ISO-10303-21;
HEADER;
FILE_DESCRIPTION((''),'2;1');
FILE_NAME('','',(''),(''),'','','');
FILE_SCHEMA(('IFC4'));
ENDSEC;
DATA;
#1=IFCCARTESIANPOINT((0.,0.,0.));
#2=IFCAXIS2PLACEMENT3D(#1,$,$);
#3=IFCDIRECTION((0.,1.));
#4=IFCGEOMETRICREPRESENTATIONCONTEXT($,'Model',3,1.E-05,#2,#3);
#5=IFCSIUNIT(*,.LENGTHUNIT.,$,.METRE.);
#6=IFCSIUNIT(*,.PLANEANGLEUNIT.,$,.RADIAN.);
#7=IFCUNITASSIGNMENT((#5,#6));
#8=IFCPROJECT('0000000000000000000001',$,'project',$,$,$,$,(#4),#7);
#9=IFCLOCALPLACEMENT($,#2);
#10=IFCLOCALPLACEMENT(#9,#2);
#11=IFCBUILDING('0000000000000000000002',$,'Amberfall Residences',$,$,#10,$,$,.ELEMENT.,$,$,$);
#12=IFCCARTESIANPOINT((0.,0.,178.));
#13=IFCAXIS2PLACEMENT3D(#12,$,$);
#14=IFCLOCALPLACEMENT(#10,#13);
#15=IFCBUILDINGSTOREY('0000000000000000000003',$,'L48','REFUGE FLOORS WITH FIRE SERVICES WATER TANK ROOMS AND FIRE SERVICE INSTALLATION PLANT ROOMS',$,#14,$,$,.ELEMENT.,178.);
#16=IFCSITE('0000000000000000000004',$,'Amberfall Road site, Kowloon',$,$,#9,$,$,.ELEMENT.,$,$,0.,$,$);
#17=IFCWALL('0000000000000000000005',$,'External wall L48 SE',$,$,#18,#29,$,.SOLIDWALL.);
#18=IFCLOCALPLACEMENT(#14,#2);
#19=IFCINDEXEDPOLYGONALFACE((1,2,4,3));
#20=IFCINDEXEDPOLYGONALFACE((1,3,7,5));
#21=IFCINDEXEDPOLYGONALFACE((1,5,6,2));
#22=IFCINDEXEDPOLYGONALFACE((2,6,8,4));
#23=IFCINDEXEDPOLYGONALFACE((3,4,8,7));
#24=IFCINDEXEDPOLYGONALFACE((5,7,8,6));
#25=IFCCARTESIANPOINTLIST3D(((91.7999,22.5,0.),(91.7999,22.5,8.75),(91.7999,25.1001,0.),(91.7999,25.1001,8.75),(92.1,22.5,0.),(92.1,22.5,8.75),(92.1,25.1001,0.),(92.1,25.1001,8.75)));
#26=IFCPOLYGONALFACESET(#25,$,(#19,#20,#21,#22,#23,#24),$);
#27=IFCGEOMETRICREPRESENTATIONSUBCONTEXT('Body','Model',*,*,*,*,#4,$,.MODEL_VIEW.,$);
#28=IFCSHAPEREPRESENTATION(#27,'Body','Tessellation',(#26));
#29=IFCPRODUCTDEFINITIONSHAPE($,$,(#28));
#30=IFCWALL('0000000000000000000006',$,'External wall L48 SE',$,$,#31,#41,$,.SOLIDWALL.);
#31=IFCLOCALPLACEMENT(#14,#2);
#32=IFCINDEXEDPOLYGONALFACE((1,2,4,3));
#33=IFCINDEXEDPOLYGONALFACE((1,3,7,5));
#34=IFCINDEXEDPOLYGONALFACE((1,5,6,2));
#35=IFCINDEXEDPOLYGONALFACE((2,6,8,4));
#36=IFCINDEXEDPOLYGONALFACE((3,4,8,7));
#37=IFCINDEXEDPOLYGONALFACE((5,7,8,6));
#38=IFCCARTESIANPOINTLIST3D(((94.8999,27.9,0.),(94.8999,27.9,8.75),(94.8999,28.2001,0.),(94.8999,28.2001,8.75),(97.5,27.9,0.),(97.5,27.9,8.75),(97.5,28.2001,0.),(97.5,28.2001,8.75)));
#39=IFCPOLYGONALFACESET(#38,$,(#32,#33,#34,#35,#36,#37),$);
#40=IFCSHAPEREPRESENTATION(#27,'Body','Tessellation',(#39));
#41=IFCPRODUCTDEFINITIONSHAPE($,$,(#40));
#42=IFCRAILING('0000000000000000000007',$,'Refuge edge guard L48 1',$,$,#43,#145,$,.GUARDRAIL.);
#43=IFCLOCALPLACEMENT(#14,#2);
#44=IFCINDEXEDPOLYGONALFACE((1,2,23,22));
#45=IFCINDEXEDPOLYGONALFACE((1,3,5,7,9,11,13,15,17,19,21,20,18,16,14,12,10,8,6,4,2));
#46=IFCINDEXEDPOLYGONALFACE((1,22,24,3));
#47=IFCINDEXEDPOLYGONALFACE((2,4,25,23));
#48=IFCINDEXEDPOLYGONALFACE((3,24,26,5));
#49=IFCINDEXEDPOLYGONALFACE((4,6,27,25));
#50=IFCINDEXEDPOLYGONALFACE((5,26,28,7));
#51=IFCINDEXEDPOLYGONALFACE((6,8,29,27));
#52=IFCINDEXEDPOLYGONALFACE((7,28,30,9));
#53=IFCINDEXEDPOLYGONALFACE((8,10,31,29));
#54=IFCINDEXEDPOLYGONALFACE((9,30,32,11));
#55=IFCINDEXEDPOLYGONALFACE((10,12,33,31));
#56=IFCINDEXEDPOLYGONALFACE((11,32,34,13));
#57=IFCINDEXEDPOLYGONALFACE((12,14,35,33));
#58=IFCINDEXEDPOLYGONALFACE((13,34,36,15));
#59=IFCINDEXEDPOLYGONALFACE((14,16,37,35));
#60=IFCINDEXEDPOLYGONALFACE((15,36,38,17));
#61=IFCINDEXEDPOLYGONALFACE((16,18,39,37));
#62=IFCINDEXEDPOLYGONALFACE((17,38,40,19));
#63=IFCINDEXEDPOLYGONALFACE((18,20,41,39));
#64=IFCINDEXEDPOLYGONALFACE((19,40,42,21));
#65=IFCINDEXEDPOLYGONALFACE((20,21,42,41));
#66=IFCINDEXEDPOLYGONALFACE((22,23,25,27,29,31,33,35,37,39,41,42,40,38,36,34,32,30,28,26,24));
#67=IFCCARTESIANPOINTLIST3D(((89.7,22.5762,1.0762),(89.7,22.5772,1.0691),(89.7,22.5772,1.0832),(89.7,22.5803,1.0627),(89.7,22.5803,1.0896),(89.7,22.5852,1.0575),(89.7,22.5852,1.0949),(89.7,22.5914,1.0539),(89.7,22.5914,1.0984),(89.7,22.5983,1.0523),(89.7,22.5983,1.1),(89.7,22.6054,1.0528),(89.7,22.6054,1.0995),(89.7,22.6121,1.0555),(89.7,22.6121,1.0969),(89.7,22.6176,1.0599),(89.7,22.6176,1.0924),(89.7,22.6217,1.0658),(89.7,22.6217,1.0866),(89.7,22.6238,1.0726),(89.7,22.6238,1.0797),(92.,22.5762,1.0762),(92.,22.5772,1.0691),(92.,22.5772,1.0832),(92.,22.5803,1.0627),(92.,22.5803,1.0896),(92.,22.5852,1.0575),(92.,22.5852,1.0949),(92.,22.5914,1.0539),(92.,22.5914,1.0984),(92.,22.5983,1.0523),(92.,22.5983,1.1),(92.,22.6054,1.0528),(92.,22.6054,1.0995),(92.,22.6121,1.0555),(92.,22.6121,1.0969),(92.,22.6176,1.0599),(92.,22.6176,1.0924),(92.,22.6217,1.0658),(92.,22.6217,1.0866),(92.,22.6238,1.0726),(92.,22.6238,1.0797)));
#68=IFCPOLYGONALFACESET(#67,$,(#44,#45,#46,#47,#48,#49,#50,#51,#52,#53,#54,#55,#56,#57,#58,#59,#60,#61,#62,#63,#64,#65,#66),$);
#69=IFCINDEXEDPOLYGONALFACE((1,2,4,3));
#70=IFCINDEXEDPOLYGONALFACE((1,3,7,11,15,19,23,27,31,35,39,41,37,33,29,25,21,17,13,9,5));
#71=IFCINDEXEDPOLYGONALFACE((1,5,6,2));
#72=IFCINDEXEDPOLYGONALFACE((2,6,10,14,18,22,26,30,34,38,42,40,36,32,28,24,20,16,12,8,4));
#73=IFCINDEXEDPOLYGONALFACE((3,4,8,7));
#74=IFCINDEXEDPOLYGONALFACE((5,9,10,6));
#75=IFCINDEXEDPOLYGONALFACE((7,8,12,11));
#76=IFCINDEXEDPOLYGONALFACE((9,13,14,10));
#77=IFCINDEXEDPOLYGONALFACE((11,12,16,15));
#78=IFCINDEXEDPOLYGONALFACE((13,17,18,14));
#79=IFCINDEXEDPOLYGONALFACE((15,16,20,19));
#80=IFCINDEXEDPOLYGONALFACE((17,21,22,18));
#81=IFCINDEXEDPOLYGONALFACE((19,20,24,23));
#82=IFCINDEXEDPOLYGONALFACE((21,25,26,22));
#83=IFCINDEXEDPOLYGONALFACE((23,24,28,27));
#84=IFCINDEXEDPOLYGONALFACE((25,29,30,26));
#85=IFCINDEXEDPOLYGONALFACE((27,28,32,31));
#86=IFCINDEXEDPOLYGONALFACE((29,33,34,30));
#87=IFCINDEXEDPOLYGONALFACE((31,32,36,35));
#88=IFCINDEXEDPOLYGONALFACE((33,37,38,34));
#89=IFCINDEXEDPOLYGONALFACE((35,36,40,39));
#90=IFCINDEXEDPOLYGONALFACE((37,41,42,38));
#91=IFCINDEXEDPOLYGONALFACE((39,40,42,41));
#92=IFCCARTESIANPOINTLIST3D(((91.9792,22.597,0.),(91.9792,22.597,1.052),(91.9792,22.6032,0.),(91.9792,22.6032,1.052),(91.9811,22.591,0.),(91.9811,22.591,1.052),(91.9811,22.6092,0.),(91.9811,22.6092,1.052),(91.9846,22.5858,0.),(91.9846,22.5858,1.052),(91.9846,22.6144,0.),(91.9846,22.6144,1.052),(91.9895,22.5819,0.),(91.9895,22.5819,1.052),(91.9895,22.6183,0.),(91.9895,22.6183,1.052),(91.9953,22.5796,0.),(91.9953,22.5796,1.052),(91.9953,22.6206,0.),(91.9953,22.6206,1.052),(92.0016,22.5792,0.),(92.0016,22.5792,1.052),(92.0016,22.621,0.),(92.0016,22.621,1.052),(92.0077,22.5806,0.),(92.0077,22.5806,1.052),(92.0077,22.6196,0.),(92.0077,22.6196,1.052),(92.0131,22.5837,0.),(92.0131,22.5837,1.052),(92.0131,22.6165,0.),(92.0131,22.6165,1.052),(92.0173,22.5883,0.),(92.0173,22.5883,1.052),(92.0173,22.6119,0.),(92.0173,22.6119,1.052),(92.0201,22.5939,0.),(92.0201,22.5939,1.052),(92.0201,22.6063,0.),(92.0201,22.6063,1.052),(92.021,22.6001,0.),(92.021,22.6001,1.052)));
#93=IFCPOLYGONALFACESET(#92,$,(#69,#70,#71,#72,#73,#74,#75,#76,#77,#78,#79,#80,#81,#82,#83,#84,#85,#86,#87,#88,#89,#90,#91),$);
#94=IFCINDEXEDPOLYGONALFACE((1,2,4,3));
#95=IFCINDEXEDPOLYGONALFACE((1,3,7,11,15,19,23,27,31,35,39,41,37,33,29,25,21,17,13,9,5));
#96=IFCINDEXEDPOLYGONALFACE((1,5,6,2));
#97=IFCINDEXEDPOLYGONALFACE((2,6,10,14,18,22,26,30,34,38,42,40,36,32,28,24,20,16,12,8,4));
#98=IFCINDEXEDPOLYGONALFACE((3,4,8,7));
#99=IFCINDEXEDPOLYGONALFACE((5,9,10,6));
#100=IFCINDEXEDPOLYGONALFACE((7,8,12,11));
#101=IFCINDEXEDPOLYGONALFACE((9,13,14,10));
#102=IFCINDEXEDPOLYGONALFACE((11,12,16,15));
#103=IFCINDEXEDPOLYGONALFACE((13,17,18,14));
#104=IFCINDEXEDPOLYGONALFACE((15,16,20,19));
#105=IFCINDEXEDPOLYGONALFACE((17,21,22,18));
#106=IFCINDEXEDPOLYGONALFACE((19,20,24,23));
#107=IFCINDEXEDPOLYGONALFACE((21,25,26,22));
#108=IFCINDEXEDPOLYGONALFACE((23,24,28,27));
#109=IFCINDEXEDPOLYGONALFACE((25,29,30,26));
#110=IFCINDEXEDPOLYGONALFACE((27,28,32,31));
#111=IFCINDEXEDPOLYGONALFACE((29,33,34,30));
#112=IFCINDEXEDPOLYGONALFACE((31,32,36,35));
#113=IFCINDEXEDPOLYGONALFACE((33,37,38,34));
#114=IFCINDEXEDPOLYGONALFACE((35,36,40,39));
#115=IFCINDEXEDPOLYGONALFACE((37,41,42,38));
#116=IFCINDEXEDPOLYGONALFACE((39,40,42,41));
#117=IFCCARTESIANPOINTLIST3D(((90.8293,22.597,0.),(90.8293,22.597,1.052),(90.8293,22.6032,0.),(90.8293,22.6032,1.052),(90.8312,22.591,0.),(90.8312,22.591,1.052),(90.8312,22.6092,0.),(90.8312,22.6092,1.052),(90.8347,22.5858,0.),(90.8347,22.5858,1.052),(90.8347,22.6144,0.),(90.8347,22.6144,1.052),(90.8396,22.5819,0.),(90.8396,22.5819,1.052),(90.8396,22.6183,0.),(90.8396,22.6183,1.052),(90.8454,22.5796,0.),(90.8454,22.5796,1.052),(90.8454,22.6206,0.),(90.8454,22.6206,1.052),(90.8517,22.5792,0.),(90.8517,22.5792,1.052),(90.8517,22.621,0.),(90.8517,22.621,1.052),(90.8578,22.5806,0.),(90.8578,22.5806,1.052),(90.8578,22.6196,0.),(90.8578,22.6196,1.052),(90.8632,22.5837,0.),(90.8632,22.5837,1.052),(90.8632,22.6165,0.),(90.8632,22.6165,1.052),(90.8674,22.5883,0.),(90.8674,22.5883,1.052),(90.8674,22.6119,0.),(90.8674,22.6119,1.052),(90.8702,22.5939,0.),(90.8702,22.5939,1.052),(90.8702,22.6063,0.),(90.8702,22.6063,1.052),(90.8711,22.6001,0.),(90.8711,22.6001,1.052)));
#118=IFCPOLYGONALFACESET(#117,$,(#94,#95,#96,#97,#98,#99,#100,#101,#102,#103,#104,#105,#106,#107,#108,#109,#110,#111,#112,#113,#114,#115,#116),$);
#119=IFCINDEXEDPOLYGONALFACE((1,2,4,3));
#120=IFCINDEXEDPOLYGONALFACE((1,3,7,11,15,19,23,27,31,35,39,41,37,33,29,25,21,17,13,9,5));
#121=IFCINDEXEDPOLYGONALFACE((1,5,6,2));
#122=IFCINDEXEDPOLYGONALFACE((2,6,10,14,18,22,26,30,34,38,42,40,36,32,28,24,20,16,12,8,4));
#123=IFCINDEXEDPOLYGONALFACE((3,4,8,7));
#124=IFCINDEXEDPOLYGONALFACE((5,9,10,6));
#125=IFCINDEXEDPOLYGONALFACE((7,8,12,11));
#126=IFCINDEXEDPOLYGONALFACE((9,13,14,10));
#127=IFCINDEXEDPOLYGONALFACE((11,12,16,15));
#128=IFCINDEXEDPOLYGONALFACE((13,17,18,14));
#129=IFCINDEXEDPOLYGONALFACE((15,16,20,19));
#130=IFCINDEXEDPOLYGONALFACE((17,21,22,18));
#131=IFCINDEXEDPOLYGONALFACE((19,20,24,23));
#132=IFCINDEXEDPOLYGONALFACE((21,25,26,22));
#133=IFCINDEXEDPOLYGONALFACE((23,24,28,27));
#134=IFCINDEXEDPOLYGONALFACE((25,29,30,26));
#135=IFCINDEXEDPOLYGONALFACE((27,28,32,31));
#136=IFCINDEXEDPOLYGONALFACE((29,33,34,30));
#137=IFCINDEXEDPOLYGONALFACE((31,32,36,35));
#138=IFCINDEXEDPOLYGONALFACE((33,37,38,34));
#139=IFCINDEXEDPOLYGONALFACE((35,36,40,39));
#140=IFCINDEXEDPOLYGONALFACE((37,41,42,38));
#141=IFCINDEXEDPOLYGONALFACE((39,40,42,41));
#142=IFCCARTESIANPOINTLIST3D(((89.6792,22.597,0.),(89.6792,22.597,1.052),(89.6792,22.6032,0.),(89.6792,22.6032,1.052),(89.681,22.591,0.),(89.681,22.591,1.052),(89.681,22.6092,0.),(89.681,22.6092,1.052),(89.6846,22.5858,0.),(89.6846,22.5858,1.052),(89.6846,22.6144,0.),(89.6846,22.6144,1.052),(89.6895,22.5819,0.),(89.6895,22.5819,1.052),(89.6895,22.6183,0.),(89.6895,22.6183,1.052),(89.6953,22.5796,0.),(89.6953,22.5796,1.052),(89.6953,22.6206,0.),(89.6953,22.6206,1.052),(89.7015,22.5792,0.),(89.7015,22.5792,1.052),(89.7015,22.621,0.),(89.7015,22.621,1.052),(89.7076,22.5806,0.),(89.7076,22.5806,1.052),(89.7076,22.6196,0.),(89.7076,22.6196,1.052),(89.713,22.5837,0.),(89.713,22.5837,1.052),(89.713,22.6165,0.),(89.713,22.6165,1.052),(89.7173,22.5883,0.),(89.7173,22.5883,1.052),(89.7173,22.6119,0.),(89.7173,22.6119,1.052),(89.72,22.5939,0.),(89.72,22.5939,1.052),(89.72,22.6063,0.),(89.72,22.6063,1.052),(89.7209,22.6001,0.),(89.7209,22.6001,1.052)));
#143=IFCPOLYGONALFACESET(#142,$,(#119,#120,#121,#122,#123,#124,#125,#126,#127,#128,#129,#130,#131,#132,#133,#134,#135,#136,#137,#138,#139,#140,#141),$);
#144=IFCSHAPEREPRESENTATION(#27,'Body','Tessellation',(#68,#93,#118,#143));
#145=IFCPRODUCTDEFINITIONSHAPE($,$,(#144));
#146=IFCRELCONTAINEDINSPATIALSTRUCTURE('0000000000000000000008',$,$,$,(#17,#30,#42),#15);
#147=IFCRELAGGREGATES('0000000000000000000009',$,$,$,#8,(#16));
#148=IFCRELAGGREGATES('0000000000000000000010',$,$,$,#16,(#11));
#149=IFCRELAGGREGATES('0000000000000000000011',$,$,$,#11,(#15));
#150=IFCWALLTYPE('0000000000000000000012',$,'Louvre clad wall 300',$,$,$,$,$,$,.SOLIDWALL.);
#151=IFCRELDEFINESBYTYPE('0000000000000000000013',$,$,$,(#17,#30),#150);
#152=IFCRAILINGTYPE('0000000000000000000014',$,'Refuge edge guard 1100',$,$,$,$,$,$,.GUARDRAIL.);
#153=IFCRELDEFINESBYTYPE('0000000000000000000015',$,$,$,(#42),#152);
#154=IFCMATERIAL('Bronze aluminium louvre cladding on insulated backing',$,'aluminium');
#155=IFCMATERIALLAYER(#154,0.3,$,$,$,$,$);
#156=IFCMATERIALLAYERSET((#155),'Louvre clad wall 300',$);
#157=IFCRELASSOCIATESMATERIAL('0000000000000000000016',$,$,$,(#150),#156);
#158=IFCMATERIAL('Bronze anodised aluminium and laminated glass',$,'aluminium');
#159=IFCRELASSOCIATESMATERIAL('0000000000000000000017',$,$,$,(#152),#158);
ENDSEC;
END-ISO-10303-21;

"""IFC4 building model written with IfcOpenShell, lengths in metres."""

from ifc_helpers import new_model, si_unit, direction, frame, frame_2d, origin, origin_2d, place, context, subcontext, project, spatial, rectangle, circle, extrude, material, layer, layer_set, type_object, element, save


model = new_model("IFC4")

# Units and contexts
model_context = context("Model", 3, precision=1e-05, world=origin(), true_north=direction((0.0, 1.0)))
body_context = subcontext(model_context, "Body", "Model", "MODEL_VIEW")
ifc_project = project(units=[si_unit("LENGTHUNIT", "METRE"), si_unit("PLANEANGLEUNIT", "RADIAN")], contexts=[model_context])

# Site, building, storey
site_placement = place(None, origin())
site = spatial("IfcSite", under=ifc_project, at=site_placement, Name="Amberfall Road site, Kowloon", CompositionType="ELEMENT", RefElevation=0.0)
building_placement = place(site_placement, origin())
building = spatial("IfcBuilding", under=site, at=building_placement, Name="Amberfall Residences", CompositionType="ELEMENT")
storey_placement = place(building_placement, frame((0.0, 0.0, 178.0)))
storey = spatial("IfcBuildingStorey", under=building, at=storey_placement, Name="L48", Description="REFUGE FLOORS WITH FIRE SERVICES WATER TANK ROOMS AND FIRE SERVICE INSTALLATION PLANT ROOMS", CompositionType="ELEMENT", Elevation=178.0)

# Walls
ifc_material_1 = material(Name="Bronze aluminium louvre cladding on insulated backing", Category="aluminium")
ifc_layer = layer(ifc_material_1, 0.3)
ifc_layer_set = layer_set([ifc_layer], Name="Louvre clad wall 300")
wall_type = type_object("IfcWallType", Name="Louvre clad wall 300", PredefinedType="SOLIDWALL", material=ifc_layer_set)
for number, where, z_axis, x_axis, name in (
    (1, (91.95, 22.5, 0.0), (0.0, 0.0, 1.0), (0.0, 1.0, 0.0), "External wall L48 SE"),
    (2, (94.8999, 28.05, 0.0), (0.0, 0.0, 1.0), (1.0, 0.0, 0.0), "External wall L48 SE"),
):
    element("IfcWall", number, at=place(storey_placement, frame(where, z_axis=z_axis, x_axis=x_axis)), inside=storey, type_object=wall_type, Name=name, PredefinedType="SOLIDWALL", context=body_context, shape_type="SweptSolid", body=[
        extrude(rectangle(XDim=2.6001, YDim=0.3, at=frame_2d((1.3, 0.0))), origin(), (0.0, 0.0, 1.0), 8.75),
    ])

# Railing
ifc_material_2 = material(Name="Bronze anodised aluminium and laminated glass", Category="aluminium")
railing_type = type_object("IfcRailingType", Name="Refuge edge guard 1100", PredefinedType="GUARDRAIL", material=ifc_material_2)
railing_1_placement = place(storey_placement, frame((92.0, 22.6001, 0.0)))
element("IfcRailing", 3, at=railing_1_placement, inside=storey, type_object=railing_type, Name="Refuge edge guard L48 1", PredefinedType="GUARDRAIL", context=body_context, shape_type="SweptSolid", body=[
    extrude(circle(Radius=0.0239, at=origin_2d()), frame((0.0, 0.0, 1.0762), z_axis=(-1.0, 0.0, 0.0), x_axis=(0.0, -1.0, 0.0)), (0.0, 0.0, 1.0), 2.3),
    extrude(circle(Radius=0.021, at=origin_2d()), origin(), (0.0, 0.0, 1.0), 1.052),
    extrude(circle(Radius=0.021, at=origin_2d()), frame((-1.1499, 0.0, 0.0)), (0.0, 0.0, 1.0), 1.052),
    extrude(circle(Radius=0.021, at=origin_2d()), frame((-2.3, 0.0, 0.0)), (0.0, 0.0, 1.0), 1.052),
])

save(model, "model.ifc")
